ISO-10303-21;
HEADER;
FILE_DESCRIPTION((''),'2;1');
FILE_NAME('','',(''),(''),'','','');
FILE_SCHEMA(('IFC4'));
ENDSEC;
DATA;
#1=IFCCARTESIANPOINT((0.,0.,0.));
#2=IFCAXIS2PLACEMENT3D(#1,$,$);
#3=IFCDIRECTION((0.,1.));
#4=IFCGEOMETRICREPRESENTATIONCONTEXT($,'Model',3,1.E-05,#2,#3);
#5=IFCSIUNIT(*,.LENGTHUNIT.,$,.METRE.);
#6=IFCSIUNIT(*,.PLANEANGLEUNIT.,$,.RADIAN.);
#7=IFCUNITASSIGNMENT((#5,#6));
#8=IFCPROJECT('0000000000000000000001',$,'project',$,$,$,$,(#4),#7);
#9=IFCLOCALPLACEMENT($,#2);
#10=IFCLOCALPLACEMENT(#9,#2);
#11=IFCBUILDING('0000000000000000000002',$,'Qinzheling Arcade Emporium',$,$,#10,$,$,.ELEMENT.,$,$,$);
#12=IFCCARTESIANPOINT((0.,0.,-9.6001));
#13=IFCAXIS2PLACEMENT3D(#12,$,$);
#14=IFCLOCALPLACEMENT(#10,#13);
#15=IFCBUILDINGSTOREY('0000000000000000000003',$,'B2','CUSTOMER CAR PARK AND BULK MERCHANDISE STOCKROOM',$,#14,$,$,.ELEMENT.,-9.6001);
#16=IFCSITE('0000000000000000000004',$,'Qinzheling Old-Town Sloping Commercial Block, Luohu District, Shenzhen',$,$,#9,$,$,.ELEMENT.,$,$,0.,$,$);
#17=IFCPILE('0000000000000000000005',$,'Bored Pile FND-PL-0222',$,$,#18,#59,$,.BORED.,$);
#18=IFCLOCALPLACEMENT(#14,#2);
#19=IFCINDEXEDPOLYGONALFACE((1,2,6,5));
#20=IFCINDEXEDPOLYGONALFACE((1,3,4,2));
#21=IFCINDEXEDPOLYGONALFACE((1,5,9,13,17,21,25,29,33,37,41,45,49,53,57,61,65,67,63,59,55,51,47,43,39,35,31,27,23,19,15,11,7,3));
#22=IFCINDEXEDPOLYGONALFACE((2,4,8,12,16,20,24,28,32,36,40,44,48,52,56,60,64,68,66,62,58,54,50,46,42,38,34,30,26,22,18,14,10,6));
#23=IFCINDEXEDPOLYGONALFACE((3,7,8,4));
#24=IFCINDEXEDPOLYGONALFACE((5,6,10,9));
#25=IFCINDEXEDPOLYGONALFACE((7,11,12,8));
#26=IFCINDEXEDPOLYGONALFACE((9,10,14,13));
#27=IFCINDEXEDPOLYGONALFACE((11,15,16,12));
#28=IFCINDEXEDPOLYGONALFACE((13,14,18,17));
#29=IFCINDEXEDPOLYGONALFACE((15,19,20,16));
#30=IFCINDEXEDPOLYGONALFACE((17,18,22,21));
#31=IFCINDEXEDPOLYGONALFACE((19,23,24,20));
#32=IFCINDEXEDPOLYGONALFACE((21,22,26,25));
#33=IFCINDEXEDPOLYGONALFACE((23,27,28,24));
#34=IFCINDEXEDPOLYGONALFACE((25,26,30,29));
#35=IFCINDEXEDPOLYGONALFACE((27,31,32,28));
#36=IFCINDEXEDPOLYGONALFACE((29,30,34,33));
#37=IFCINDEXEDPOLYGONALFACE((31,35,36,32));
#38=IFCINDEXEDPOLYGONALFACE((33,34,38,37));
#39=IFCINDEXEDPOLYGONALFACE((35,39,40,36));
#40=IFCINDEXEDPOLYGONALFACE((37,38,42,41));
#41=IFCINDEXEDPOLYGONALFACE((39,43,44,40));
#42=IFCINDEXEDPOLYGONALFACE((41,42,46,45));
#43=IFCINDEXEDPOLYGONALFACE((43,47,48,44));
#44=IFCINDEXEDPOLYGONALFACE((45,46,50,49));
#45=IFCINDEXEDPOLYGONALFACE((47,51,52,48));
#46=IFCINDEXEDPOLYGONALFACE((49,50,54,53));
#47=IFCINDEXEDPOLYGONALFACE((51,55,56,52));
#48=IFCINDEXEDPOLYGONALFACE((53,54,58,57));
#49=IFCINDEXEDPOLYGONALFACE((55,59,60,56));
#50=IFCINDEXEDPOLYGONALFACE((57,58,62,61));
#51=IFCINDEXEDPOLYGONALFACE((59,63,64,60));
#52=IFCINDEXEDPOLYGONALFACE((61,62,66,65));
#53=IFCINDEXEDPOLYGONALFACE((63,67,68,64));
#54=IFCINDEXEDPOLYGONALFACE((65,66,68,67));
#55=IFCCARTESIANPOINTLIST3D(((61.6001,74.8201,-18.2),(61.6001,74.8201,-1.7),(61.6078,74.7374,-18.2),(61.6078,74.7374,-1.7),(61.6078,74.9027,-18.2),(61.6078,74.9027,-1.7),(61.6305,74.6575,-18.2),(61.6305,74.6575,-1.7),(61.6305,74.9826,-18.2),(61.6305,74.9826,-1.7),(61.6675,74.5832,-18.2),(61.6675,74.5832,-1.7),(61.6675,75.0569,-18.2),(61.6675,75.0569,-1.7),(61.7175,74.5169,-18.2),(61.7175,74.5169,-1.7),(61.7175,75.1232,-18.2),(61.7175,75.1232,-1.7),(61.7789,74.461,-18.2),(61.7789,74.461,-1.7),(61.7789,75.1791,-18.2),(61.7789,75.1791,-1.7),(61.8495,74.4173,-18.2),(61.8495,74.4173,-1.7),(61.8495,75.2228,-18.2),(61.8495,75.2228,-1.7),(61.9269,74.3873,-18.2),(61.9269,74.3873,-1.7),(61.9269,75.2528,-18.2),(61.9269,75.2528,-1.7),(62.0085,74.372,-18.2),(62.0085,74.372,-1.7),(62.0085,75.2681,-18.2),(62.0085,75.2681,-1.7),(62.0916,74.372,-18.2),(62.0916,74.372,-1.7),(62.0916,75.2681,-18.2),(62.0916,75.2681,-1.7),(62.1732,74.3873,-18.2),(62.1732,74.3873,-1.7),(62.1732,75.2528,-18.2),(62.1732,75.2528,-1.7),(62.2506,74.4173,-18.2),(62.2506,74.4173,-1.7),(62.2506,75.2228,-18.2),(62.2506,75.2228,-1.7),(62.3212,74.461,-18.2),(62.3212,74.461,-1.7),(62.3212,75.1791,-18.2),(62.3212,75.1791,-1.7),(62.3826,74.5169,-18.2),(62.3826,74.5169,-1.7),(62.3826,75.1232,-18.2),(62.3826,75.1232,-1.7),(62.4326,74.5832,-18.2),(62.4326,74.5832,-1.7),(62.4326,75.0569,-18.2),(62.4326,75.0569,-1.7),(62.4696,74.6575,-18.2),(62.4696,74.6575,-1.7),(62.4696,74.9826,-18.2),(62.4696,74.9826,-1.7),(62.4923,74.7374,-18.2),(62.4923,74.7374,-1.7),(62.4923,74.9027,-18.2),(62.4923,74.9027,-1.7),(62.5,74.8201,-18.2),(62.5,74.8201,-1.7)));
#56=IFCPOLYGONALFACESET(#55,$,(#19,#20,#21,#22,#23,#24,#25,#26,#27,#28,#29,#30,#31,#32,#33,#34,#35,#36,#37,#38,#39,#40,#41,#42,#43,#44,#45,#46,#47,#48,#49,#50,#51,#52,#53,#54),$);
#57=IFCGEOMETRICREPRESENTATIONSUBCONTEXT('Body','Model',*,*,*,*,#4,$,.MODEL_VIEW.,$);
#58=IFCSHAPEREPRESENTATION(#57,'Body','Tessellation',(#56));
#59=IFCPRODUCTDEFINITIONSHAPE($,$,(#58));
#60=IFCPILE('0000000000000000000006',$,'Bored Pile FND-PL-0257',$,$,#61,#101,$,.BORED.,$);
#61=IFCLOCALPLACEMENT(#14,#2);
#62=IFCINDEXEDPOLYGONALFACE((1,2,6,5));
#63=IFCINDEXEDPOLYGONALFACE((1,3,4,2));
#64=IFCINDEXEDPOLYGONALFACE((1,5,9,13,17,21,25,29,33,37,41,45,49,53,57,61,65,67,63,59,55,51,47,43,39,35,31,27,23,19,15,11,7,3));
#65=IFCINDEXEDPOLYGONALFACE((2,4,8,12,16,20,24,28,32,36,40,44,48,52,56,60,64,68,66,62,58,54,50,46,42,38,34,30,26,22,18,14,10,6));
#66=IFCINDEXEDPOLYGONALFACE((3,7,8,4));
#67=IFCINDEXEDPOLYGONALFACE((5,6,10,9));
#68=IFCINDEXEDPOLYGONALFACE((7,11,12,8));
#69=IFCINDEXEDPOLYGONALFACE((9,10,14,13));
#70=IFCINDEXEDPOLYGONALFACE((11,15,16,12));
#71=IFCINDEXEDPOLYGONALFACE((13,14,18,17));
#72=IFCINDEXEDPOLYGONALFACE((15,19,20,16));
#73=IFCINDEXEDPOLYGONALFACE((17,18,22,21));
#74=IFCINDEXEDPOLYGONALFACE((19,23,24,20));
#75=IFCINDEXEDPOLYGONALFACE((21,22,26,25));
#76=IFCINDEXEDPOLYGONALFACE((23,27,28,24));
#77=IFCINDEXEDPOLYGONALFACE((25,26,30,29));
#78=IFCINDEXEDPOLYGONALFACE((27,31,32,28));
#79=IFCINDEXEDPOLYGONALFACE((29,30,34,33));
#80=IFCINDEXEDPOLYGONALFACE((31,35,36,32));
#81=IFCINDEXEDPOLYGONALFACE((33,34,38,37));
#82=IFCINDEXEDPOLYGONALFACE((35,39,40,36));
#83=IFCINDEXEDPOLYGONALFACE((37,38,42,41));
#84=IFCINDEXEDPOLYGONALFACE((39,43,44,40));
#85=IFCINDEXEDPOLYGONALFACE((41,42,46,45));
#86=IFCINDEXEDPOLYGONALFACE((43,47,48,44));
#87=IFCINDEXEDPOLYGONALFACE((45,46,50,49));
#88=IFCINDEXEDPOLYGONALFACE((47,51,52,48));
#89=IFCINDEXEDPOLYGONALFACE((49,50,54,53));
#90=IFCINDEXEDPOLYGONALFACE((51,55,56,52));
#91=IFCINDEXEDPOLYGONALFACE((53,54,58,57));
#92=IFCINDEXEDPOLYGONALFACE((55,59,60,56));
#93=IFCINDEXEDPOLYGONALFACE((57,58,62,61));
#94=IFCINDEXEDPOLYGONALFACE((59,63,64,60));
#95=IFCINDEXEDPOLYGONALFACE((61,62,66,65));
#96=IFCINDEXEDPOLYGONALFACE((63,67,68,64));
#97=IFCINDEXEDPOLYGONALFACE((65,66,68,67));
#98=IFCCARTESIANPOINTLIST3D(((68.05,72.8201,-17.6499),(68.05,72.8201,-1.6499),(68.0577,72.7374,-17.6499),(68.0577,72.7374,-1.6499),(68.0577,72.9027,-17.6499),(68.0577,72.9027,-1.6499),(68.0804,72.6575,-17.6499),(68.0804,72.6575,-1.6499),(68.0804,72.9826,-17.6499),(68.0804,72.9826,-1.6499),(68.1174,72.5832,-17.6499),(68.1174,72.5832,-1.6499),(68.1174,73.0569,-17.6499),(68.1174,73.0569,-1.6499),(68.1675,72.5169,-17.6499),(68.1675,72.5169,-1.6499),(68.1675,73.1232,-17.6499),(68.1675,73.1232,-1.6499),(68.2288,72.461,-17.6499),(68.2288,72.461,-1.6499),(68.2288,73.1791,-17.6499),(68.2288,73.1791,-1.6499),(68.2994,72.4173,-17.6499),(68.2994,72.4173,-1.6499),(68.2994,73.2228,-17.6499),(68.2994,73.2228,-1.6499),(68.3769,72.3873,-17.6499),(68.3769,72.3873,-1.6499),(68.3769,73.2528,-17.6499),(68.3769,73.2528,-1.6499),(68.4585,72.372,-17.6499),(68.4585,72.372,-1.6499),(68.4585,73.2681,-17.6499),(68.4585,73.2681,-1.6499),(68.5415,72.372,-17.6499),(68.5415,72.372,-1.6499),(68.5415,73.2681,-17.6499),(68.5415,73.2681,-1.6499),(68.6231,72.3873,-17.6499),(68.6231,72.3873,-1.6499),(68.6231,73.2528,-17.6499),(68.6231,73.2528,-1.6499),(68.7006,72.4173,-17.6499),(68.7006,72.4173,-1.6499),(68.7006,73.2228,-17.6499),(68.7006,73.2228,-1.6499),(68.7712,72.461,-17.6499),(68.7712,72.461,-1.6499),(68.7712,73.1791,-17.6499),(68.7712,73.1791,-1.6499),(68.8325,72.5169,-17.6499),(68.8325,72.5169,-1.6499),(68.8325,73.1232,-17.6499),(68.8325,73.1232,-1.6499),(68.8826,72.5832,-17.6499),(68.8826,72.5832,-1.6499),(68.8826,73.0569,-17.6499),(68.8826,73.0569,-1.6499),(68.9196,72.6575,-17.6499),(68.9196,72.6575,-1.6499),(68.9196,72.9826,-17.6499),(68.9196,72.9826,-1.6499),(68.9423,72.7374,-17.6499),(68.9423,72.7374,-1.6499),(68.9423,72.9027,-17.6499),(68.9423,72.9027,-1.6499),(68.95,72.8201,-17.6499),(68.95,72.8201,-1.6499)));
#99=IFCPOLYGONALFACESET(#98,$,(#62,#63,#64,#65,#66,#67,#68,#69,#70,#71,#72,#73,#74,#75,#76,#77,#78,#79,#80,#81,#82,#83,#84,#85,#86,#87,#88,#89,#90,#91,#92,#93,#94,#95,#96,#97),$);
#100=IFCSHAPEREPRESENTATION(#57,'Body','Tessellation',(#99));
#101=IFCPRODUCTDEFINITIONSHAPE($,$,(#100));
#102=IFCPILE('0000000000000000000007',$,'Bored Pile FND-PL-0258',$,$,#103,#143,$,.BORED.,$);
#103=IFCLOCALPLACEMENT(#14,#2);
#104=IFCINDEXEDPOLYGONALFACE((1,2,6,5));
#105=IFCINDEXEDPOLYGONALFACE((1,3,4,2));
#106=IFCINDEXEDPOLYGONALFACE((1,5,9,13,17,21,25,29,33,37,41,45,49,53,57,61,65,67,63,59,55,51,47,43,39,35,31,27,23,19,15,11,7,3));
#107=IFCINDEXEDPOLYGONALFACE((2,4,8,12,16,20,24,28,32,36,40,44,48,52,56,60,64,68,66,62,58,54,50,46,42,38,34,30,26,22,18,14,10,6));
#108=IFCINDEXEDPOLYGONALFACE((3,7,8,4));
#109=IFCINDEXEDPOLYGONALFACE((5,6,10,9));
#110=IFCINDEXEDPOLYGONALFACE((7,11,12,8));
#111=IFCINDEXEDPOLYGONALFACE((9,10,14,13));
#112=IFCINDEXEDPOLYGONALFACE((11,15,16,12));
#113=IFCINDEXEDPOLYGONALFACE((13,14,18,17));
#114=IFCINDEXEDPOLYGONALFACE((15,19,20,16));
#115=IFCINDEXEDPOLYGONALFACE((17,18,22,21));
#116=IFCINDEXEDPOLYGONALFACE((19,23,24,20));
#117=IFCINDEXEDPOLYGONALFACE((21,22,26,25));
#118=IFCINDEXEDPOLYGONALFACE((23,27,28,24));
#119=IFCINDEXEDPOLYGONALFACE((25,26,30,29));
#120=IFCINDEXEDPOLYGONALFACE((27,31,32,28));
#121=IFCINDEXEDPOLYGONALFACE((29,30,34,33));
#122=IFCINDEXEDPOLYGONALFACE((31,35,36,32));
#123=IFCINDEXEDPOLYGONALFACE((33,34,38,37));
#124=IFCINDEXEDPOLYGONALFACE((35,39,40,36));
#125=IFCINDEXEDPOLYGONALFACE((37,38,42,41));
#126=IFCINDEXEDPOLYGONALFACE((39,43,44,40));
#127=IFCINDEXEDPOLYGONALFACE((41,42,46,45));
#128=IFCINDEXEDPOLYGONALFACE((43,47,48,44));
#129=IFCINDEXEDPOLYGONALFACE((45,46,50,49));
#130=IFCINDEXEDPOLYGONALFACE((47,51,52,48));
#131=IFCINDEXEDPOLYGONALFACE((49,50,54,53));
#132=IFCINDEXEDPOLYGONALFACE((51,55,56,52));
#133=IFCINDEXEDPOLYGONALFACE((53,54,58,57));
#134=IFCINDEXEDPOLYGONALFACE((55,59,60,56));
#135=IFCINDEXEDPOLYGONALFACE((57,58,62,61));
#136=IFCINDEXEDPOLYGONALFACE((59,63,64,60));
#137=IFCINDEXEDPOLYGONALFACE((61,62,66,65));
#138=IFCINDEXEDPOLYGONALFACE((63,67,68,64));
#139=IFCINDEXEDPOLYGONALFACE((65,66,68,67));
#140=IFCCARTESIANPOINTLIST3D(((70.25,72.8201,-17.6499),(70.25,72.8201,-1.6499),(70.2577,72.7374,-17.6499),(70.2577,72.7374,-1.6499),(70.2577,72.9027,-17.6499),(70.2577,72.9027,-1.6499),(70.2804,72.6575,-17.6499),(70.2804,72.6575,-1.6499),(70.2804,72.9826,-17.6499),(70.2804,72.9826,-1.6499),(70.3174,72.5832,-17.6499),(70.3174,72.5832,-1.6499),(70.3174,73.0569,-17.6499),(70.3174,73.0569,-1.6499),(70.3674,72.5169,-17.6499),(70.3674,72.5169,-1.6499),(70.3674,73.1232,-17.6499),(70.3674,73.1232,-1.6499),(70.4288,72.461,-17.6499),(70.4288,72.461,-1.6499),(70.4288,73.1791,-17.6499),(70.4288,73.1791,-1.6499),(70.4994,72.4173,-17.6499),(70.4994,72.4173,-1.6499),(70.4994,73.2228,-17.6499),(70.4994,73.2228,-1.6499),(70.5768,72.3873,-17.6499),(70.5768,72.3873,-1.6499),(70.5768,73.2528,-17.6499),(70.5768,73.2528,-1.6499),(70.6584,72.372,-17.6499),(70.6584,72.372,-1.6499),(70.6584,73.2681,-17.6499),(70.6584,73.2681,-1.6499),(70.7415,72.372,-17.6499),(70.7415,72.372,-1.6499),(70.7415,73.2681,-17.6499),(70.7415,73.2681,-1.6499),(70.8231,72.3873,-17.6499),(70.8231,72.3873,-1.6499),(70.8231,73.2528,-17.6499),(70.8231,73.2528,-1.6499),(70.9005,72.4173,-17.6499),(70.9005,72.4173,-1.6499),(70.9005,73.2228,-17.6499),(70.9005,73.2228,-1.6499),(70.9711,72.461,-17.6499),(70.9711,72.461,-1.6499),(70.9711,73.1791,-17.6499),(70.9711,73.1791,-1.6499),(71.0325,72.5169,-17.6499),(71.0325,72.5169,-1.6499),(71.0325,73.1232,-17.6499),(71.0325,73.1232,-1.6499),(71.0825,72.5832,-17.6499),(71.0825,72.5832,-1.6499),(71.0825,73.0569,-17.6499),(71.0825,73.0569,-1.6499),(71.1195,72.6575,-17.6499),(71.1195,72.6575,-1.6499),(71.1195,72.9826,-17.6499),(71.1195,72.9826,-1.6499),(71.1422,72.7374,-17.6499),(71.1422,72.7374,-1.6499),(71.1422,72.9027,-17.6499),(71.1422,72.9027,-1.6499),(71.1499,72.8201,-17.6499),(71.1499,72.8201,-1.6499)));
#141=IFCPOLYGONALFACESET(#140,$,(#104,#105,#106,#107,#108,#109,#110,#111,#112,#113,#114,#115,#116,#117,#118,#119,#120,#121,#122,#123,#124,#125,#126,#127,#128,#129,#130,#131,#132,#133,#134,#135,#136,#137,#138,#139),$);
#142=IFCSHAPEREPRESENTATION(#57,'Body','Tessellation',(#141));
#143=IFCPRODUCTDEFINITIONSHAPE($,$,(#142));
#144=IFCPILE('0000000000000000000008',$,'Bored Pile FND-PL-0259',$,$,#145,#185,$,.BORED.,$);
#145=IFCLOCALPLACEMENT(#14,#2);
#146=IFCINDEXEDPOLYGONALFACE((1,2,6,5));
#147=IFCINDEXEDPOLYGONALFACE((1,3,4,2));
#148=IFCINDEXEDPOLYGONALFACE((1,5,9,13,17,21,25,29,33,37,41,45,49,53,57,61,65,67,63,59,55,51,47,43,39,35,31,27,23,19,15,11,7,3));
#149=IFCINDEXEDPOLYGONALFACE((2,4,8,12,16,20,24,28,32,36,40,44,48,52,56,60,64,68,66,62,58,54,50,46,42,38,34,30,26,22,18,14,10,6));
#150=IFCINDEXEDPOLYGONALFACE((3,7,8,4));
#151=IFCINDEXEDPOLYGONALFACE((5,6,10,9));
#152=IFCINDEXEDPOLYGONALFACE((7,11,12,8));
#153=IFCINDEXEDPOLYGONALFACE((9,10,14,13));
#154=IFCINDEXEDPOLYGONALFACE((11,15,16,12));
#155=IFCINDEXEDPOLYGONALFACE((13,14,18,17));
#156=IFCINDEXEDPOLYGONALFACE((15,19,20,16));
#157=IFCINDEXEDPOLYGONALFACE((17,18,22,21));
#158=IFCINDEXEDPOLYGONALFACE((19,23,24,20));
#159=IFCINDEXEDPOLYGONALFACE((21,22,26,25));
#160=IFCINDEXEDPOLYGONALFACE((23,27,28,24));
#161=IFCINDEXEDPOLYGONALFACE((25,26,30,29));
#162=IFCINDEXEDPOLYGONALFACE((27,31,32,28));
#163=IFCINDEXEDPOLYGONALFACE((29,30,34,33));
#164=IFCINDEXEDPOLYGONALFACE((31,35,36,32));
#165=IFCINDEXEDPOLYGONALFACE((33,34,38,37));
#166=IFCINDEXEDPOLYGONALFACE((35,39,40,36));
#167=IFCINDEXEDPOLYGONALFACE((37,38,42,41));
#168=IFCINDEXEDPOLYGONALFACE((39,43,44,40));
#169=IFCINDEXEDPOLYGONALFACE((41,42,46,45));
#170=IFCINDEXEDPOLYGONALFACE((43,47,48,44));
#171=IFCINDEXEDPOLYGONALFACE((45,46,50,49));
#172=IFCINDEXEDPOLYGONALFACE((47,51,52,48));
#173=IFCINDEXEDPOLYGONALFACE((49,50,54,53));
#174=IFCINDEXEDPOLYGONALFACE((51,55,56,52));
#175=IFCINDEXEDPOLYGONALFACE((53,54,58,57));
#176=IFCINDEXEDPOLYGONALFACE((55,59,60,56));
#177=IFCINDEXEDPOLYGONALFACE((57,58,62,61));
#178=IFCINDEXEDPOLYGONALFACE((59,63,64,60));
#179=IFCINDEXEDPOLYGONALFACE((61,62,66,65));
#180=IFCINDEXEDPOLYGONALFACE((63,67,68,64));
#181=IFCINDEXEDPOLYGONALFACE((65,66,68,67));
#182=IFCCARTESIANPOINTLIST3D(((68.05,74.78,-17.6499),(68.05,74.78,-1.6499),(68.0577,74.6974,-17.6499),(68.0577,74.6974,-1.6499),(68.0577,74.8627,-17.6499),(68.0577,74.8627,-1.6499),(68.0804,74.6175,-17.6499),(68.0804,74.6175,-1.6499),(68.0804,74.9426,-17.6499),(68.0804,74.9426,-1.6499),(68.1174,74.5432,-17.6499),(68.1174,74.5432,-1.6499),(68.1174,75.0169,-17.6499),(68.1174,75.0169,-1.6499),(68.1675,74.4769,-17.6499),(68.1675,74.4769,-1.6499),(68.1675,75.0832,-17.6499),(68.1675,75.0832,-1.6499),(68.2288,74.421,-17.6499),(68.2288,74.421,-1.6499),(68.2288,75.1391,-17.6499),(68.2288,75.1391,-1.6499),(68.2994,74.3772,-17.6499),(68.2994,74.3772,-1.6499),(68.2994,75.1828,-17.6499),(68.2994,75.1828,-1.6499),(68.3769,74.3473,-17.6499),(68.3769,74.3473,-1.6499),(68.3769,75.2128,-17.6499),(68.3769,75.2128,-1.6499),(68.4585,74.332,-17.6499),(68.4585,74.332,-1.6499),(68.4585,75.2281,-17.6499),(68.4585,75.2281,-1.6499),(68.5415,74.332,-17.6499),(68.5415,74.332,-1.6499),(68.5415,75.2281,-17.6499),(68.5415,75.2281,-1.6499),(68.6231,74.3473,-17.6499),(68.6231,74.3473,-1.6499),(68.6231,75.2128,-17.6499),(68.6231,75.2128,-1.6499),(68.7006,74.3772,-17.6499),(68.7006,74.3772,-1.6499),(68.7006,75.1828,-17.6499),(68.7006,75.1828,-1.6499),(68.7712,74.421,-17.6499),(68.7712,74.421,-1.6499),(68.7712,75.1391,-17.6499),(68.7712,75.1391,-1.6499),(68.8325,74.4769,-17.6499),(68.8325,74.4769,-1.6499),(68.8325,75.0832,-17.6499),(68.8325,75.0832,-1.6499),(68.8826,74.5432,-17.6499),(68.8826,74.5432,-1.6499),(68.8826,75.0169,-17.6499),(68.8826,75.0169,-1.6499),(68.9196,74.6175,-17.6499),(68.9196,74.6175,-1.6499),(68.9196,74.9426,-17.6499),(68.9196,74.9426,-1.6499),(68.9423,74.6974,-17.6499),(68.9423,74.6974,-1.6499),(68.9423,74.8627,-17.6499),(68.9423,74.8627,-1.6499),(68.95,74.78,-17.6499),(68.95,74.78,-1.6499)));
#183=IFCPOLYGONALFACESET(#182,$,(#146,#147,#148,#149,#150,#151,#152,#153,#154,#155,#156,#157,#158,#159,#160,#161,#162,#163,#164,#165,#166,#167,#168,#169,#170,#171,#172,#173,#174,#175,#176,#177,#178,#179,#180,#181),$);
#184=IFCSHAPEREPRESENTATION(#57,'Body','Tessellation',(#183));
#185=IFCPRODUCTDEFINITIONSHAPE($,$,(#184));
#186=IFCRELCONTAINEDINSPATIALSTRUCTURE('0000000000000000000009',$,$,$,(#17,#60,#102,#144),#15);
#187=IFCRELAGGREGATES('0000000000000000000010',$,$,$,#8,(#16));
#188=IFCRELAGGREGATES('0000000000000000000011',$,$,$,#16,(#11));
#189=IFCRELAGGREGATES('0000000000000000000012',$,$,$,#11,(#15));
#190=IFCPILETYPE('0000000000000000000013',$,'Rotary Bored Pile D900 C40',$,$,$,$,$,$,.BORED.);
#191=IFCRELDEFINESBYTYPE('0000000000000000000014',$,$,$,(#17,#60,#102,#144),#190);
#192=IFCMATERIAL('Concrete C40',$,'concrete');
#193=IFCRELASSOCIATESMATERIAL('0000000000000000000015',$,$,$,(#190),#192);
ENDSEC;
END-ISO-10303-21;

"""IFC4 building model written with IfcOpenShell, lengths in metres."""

from ifc_helpers import new_model, si_unit, direction, frame, origin, origin_2d, place, context, subcontext, project, spatial, circle, extrude, material, material_profile, profile_set, type_object, element, save


model = new_model("IFC4")

# Units and contexts
model_context = context("Model", 3, precision=1e-05, world=origin(), true_north=direction((0.0, 1.0)))
body_context = subcontext(model_context, "Body", "Model", "MODEL_VIEW")
ifc_project = project(units=[si_unit("LENGTHUNIT", "METRE"), si_unit("PLANEANGLEUNIT", "RADIAN")], contexts=[model_context])

# Site, building, storey
site_placement = place(None, origin())
site = spatial("IfcSite", under=ifc_project, at=site_placement, Name="Qinzheling Old-Town Sloping Commercial Block, Luohu District, Shenzhen", CompositionType="ELEMENT", RefElevation=0.0)
building_placement = place(site_placement, origin())
building = spatial("IfcBuilding", under=site, at=building_placement, Name="Qinzheling Arcade Emporium", CompositionType="ELEMENT")
storey_placement = place(building_placement, frame((0.0, 0.0, -9.6001)))
storey = spatial("IfcBuildingStorey", under=building, at=storey_placement, Name="B2", Description="CUSTOMER CAR PARK AND BULK MERCHANDISE STOCKROOM", CompositionType="ELEMENT", Elevation=-9.6001)

# Shared definitions
ifc_material_1 = material(Name="Concrete C40", Category="concrete")

# Piles
ifc_material_profile_1 = material_profile(ifc_material_1, circle(Radius=0.45, at=origin_2d()), Name="BORED D900", Category="concrete")
ifc_profile_set_1 = profile_set([ifc_material_profile_1], Name="Concrete C40")
pile_type = type_object("IfcPileType", Name="Rotary Bored Pile D900 C40", PredefinedType="BORED", material=ifc_profile_set_1)
for number, where, z_axis, x_axis, name in (
    (1, (62.05, 74.8201, -1.7), (0.0, 0.0, -1.0), (1.0, 0.0, 0.0), "Bored Pile FND-PL-0222"),
):
    element("IfcPile", number, at=place(storey_placement, frame(where, z_axis=z_axis, x_axis=x_axis)), inside=storey, type_object=pile_type, Name=name, PredefinedType="BORED", context=body_context, shape_type="SweptSolid", body=[
        extrude(circle(Radius=0.45, at=origin_2d()), origin(), (0.0, 0.0, 1.0), 16.5),
    ])
for number, where, z_axis, x_axis, name in (
    (2, (68.5, 72.8201, -1.6499), (0.0, 0.0, -1.0), (1.0, 0.0, 0.0), "Bored Pile FND-PL-0257"),
    (3, (70.7, 72.8201, -1.6499), (0.0, 0.0, -1.0), (1.0, 0.0, 0.0), "Bored Pile FND-PL-0258"),
    (4, (68.5, 74.78, -1.6499), (0.0, 0.0, -1.0), (1.0, 0.0, 0.0), "Bored Pile FND-PL-0259"),
):
    element("IfcPile", number, at=place(storey_placement, frame(where, z_axis=z_axis, x_axis=x_axis)), inside=storey, type_object=pile_type, Name=name, PredefinedType="BORED", context=body_context, shape_type="SweptSolid", body=[
        extrude(circle(Radius=0.45, at=origin_2d()), origin(), (0.0, 0.0, 1.0), 16.0),
    ])

save(model, "model.ifc")
